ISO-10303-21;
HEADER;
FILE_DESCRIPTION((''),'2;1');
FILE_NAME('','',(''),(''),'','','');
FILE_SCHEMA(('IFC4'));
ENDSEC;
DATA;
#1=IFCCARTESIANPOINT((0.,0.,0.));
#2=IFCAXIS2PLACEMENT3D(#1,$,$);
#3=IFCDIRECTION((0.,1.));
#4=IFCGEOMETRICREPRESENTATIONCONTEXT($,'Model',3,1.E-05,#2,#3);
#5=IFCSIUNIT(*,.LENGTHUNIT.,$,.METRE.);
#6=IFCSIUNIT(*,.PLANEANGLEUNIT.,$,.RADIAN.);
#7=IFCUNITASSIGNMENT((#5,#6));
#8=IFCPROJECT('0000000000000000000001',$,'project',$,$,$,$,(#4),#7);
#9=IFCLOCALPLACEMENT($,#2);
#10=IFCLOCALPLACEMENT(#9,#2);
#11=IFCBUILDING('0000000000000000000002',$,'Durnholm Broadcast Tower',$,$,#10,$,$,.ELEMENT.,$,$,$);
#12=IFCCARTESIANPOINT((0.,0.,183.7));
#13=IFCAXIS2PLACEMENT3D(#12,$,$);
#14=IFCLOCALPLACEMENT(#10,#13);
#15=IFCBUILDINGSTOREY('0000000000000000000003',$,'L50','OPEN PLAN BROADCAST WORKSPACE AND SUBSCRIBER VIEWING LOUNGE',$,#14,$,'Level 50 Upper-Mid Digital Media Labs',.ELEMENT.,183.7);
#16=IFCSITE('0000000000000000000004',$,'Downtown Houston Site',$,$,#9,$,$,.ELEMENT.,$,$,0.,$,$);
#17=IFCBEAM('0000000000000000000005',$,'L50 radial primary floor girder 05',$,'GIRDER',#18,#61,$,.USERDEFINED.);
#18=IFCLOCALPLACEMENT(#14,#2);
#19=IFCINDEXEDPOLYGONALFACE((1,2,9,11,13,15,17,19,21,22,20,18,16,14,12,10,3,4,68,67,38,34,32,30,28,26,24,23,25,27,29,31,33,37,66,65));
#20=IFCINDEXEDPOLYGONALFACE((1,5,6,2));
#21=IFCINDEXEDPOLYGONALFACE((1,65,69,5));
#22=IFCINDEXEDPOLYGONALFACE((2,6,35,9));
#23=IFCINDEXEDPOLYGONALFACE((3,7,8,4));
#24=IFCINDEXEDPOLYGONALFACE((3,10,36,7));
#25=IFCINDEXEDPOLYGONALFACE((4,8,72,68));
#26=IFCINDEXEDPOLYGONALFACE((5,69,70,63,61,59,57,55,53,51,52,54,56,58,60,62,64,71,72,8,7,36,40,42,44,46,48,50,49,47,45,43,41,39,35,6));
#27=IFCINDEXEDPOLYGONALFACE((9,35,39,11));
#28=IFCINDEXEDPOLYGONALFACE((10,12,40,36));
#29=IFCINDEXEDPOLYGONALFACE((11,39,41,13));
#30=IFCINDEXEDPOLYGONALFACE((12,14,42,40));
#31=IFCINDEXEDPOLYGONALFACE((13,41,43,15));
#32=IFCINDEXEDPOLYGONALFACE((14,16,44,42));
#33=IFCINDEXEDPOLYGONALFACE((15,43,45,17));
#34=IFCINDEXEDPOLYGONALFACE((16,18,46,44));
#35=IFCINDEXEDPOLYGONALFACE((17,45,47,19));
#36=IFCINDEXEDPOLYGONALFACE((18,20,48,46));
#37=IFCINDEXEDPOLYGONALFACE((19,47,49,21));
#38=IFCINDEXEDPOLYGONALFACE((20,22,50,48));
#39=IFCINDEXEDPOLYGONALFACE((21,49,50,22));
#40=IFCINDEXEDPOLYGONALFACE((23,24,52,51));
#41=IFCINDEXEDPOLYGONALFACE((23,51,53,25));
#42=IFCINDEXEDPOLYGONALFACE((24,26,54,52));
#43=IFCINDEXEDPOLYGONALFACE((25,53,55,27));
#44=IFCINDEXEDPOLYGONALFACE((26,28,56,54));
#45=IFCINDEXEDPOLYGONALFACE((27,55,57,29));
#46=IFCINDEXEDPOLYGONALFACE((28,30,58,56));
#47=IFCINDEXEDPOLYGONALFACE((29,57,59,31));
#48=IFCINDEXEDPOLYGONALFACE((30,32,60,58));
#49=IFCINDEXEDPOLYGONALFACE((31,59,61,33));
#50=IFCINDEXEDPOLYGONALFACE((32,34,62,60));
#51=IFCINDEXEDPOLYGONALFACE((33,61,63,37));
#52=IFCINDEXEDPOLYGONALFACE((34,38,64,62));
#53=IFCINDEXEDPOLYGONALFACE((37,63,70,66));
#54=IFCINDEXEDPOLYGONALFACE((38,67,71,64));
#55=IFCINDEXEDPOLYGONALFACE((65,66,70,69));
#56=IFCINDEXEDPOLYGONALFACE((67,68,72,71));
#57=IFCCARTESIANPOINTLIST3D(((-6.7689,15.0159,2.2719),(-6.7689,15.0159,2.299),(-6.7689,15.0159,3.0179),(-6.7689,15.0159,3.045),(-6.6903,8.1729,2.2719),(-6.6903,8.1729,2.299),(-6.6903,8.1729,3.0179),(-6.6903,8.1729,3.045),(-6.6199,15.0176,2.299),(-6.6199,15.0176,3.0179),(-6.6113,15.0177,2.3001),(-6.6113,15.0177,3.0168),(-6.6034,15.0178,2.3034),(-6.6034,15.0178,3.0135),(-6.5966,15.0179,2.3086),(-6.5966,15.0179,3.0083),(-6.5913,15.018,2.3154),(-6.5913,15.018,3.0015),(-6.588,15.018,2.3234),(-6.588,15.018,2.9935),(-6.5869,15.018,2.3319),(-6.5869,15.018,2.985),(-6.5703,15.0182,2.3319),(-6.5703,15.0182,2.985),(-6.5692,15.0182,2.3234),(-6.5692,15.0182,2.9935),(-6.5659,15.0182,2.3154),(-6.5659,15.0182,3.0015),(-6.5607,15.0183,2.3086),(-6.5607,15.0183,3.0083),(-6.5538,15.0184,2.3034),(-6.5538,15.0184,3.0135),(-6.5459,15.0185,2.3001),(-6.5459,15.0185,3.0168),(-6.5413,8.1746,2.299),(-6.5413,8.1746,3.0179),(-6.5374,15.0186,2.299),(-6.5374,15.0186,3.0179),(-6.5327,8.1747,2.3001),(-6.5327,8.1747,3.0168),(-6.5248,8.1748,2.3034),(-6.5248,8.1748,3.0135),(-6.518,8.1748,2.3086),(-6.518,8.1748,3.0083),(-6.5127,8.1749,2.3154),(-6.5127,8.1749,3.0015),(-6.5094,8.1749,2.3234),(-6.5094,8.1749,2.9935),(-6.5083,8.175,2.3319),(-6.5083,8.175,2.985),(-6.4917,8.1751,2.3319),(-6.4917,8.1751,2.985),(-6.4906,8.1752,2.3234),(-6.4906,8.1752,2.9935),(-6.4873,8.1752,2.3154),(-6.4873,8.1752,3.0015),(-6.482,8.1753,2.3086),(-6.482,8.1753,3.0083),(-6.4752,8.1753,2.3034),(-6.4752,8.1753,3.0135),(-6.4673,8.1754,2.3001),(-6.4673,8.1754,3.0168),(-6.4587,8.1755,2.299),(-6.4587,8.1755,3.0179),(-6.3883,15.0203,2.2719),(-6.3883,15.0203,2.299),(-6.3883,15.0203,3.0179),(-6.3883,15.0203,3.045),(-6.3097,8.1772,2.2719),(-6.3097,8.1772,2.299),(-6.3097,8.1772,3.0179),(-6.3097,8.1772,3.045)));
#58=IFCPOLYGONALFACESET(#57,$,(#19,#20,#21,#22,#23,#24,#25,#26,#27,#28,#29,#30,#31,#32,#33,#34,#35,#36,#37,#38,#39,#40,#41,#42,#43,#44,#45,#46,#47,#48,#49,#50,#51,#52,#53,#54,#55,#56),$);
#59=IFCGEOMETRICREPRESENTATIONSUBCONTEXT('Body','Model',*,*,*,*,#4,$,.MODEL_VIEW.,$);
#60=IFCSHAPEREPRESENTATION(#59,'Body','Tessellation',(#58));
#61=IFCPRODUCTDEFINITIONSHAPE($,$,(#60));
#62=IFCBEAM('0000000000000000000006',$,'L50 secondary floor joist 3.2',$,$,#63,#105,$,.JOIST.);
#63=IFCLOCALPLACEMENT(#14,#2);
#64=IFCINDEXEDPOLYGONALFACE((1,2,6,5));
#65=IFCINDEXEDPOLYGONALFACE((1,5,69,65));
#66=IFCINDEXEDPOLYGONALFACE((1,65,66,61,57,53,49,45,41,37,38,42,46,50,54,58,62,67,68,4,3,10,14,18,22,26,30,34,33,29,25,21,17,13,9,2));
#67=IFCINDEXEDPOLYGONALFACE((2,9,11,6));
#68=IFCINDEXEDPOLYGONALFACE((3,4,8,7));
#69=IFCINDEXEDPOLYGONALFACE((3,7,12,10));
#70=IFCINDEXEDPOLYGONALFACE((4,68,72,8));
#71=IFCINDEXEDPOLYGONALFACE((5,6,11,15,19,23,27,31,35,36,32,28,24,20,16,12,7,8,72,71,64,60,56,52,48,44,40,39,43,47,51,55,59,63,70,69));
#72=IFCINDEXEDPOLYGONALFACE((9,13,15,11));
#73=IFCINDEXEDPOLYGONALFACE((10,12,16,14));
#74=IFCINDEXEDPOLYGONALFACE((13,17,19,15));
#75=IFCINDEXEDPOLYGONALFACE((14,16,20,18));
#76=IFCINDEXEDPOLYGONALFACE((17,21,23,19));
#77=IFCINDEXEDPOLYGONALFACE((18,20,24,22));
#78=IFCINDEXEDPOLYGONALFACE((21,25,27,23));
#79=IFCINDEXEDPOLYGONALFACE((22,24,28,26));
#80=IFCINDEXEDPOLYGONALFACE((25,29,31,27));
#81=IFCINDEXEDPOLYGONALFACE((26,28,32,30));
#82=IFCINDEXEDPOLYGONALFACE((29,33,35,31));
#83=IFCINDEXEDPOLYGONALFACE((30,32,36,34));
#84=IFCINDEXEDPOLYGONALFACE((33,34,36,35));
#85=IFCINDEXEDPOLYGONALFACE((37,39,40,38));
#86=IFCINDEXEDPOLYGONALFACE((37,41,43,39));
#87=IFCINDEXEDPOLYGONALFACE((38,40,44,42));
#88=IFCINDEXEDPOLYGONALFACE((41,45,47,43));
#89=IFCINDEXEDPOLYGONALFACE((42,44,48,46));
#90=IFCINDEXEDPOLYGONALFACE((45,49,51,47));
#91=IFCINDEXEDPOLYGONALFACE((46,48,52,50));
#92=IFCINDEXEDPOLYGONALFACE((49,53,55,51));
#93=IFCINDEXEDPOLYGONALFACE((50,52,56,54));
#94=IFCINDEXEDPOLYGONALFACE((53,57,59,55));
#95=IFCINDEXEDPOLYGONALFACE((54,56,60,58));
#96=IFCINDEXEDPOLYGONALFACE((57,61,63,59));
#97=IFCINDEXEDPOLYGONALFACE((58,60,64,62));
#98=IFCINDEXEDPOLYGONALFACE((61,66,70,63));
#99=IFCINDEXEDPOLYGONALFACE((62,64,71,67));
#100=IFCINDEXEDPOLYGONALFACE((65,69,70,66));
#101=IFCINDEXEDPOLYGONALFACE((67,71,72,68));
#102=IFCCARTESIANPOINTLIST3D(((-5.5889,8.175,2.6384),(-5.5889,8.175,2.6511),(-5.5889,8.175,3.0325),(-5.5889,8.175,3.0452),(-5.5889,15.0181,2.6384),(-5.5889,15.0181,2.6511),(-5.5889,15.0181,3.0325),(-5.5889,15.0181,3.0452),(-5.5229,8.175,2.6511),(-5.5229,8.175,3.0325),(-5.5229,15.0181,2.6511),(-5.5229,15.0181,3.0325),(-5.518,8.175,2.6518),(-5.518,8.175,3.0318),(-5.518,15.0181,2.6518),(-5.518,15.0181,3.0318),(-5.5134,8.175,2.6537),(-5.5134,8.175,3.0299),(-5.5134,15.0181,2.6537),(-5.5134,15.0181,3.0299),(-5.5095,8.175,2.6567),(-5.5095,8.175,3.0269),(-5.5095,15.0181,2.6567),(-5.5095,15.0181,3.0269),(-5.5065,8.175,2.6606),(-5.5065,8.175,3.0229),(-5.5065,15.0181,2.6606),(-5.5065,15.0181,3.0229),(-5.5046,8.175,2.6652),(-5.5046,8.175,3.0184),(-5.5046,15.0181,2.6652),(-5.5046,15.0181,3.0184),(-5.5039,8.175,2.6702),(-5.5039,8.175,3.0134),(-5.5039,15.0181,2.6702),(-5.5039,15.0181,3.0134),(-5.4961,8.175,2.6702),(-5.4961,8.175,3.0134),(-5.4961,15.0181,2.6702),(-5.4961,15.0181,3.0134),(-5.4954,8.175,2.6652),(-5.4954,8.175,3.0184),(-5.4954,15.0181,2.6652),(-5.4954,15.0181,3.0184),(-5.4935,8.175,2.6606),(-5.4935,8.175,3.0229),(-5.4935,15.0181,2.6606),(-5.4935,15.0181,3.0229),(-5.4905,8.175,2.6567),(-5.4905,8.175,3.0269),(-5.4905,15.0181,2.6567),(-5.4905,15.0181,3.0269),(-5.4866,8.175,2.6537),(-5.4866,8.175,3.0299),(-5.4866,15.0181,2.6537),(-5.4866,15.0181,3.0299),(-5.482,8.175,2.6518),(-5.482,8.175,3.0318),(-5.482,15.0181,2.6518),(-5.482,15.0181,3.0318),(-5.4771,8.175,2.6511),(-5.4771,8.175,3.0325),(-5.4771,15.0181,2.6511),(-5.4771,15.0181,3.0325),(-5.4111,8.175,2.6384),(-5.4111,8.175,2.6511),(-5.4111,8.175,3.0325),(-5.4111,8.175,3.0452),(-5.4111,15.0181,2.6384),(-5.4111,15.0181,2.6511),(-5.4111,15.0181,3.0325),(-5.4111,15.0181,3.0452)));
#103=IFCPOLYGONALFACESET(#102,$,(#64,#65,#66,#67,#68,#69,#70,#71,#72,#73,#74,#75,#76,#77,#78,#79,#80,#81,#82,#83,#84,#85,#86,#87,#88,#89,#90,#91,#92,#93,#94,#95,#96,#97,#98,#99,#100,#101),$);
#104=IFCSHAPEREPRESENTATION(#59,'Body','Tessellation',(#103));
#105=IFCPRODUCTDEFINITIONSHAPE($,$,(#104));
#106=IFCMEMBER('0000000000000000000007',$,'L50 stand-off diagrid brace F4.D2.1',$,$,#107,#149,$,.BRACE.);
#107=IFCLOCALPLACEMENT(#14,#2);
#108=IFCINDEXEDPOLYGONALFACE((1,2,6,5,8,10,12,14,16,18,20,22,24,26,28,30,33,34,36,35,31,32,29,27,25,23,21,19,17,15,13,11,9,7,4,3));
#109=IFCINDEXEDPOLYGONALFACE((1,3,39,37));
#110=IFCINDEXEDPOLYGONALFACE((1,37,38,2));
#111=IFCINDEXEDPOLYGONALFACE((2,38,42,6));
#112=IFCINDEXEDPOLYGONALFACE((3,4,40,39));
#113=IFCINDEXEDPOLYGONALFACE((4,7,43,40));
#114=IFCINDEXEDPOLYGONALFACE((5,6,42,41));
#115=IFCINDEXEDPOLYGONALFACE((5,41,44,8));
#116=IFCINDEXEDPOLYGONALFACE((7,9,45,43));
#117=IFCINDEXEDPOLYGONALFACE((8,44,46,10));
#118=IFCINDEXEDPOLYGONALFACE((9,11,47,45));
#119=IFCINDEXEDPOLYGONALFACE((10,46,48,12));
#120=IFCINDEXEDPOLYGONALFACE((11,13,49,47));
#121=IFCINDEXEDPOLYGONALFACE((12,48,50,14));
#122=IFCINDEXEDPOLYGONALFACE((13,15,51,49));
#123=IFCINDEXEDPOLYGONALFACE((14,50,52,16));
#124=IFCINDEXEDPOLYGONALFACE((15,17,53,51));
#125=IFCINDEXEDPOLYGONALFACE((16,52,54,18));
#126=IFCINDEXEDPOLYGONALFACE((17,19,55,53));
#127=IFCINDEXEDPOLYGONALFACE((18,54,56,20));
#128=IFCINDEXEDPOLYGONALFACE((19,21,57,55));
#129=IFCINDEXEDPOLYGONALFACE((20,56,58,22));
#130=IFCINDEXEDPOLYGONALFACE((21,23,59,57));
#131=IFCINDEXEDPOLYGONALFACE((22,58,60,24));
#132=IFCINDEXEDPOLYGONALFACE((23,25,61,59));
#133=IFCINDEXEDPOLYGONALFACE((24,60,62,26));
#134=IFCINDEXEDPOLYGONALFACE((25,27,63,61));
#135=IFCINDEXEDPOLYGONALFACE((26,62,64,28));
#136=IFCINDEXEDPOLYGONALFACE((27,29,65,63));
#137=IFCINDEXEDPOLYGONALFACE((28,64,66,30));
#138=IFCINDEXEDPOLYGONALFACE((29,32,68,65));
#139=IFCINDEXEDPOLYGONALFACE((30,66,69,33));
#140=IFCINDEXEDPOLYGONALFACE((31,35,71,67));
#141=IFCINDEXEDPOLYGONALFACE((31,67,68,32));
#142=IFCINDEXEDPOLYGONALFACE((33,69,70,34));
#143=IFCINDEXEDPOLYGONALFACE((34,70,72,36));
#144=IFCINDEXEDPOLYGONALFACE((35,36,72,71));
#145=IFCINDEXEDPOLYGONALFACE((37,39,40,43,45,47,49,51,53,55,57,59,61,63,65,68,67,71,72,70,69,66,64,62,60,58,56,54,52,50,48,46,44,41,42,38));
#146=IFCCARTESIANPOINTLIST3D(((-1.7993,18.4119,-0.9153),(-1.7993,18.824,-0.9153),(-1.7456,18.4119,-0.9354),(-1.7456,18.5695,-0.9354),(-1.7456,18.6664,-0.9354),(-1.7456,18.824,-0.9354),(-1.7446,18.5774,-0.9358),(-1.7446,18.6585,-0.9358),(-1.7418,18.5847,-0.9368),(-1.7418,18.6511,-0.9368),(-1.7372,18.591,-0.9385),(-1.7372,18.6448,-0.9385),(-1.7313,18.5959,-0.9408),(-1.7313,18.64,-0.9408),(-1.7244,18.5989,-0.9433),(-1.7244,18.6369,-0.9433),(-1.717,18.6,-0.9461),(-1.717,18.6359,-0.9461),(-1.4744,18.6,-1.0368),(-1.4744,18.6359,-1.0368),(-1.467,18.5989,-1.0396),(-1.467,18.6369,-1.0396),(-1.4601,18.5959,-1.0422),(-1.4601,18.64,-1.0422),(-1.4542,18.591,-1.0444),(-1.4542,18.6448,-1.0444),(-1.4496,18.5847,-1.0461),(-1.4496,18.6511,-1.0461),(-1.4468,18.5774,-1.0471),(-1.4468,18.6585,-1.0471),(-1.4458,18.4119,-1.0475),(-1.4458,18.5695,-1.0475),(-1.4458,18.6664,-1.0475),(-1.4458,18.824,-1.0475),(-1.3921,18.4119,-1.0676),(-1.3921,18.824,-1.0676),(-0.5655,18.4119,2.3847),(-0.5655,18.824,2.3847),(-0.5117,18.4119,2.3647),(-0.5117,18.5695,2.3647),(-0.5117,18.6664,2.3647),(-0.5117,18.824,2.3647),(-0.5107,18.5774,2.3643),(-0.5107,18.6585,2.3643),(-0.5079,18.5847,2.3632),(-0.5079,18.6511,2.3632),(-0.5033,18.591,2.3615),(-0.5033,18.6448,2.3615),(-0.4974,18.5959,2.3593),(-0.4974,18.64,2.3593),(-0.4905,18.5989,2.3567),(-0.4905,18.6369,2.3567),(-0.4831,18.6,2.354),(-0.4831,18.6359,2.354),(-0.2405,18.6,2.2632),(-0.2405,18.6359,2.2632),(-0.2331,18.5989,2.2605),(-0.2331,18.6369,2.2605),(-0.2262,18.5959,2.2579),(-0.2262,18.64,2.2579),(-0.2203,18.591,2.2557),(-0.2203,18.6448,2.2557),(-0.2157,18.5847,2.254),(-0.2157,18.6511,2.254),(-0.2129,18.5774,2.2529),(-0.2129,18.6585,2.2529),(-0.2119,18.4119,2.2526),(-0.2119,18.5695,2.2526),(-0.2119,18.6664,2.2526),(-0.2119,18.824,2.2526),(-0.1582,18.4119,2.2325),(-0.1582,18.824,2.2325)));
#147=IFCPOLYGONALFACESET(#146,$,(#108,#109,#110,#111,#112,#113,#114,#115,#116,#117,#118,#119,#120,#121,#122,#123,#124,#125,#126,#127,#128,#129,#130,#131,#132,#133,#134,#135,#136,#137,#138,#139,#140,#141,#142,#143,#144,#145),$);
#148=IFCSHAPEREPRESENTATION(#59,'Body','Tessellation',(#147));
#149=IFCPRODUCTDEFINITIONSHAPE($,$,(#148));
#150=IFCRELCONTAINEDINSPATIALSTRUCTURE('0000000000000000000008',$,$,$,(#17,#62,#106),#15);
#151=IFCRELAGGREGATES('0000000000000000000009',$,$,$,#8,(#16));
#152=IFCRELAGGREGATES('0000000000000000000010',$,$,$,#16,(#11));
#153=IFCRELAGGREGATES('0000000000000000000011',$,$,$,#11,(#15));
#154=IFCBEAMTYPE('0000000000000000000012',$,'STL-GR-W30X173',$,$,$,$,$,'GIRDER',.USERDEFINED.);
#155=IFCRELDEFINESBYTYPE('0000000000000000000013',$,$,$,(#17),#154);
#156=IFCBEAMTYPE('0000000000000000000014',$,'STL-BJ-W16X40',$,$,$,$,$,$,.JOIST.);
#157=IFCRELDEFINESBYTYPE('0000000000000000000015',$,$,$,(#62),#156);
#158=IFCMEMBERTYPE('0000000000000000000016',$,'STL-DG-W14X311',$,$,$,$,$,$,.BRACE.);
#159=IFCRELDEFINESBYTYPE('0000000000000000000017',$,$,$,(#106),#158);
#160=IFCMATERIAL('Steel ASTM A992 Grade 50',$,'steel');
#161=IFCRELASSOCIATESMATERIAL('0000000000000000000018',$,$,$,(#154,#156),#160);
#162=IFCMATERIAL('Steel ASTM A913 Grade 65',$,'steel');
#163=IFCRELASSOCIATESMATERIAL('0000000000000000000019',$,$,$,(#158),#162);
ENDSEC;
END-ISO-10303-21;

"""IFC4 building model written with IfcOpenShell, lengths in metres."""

from ifc_helpers import new_model, si_unit, direction, frame, origin, origin_2d, place, context, subcontext, project, spatial, i_section, extrude, source, transform, mapped, material, material_profile, profile_set, type_object, type_shapes, element, save


model = new_model("IFC4")

# Units and contexts
model_context = context("Model", 3, precision=1e-05, world=origin(), true_north=direction((0.0, 1.0)))
body_context = subcontext(model_context, "Body", "Model", "MODEL_VIEW")
ifc_project = project(units=[si_unit("LENGTHUNIT", "METRE"), si_unit("PLANEANGLEUNIT", "RADIAN")], contexts=[model_context])

# Site, building, storey
site_placement = place(None, origin())
site = spatial("IfcSite", under=ifc_project, at=site_placement, Name="Downtown Houston Site", CompositionType="ELEMENT", RefElevation=0.0)
building_placement = place(site_placement, origin())
building = spatial("IfcBuilding", under=site, at=building_placement, Name="Durnholm Broadcast Tower", CompositionType="ELEMENT")
storey_placement = place(building_placement, frame((0.0, 0.0, 183.7)))
storey = spatial("IfcBuildingStorey", under=building, at=storey_placement, Name="L50", Description="OPEN PLAN BROADCAST WORKSPACE AND SUBSCRIBER VIEWING LOUNGE", LongName="Level 50 Upper-Mid Digital Media Labs", CompositionType="ELEMENT", Elevation=183.7)

# Beams
ifc_material_1 = material(Name="Steel ASTM A992 Grade 50", Category="steel")
ifc_material_profile_1 = material_profile(ifc_material_1, i_section(OverallWidth=0.3806, OverallDepth=0.7732, WebThickness=0.0166, FlangeThickness=0.0271, FilletRadius=0.033, at=origin_2d()), Name="W30X173")
ifc_profile_set_1 = profile_set([ifc_material_profile_1], Name="Steel ASTM A992 Grade 50")
beam_type_1 = type_object("IfcBeamType", Name="STL-GR-W30X173", ElementType="GIRDER", PredefinedType="USERDEFINED", material=ifc_profile_set_1)
shared_shape_1 = source(origin(), body_context, "Body", "SweptSolid", [
    extrude(i_section(OverallWidth=0.3806, OverallDepth=0.7732, WebThickness=0.0166, FlangeThickness=0.0271, FilletRadius=0.033, at=origin_2d()), origin(), (0.0, 0.0, 1.0), 6.8435),
])
beam_1_placement = place(storey_placement, frame((-6.5, 8.175, 2.6584), z_axis=(-0.011487, 0.999934, 0.0), x_axis=(-0.999934, -0.011487, 0.0)))
element("IfcBeam", 1, at=beam_1_placement, inside=storey, type_object=beam_type_1, Name="L50 radial primary floor girder 05", ObjectType="GIRDER", PredefinedType="USERDEFINED", context=body_context, shape_type="MappedRepresentation", body=[
    mapped(shared_shape_1, transform((0.0, 0.0, 0.0), x_axis=(1.0, 0.0, 0.0), y_axis=(0.0, 1.0, 0.0), z_axis=(0.0, 0.0, 1.0), scale=1.0)),
])
ifc_material_profile_2 = material_profile(ifc_material_1, i_section(OverallWidth=0.1777, OverallDepth=0.4067, WebThickness=0.0078, FlangeThickness=0.0127, FilletRadius=0.019, at=origin_2d()), Name="W16X40")
ifc_profile_set_2 = profile_set([ifc_material_profile_2], Name="Steel ASTM A992 Grade 50")
beam_type_2 = type_object("IfcBeamType", Name="STL-BJ-W16X40", PredefinedType="JOIST", material=ifc_profile_set_2)
shared_shape_2 = source(origin(), body_context, "Body", "SweptSolid", [
    extrude(i_section(OverallWidth=0.1777, OverallDepth=0.4067, WebThickness=0.0078, FlangeThickness=0.0127, FilletRadius=0.019, at=origin_2d()), origin(), (0.0, 0.0, 1.0), 6.843),
])
type_shapes(beam_type_2, [shared_shape_2])
beam_2_placement = place(storey_placement, frame((-5.5, 8.175, 2.8418), z_axis=(0.0, 1.0, 0.0), x_axis=(-1.0, 0.0, 0.0)))
element("IfcBeam", 2, at=beam_2_placement, inside=storey, type_object=beam_type_2, Name="L50 secondary floor joist 3.2", PredefinedType="JOIST", context=body_context, shape_type="MappedRepresentation", body=[
    mapped(shared_shape_2, transform((0.0, 0.0, 0.0), x_axis=(1.0, 0.0, 0.0), y_axis=(0.0, 1.0, 0.0), z_axis=(0.0, 0.0, 1.0), scale=1.0)),
])

# Member
ifc_material_2 = material(Name="Steel ASTM A913 Grade 65", Category="steel")
ifc_material_profile_3 = material_profile(ifc_material_2, i_section(OverallWidth=0.4121, OverallDepth=0.4348, WebThickness=0.0359, FlangeThickness=0.0574, FilletRadius=0.0305, at=origin_2d()), Name="W14X311")
ifc_profile_set_3 = profile_set([ifc_material_profile_3], Name="Steel ASTM A913 Grade 65")
member_type_1 = type_object("IfcMemberType", Name="STL-DG-W14X311", PredefinedType="BRACE", material=ifc_profile_set_3)
shared_shape_3 = source(origin(), body_context, "Body", "SweptSolid", [
    extrude(i_section(OverallWidth=0.4121, OverallDepth=0.4348, WebThickness=0.0359, FlangeThickness=0.0574, FilletRadius=0.0305, at=origin_2d()), origin(), (0.0, 0.0, 1.0), 3.5232),
])
type_shapes(member_type_1, [shared_shape_3])
for number, where, z_axis, x_axis, name in (
    (3, (-1.5957, 18.6179, -0.9915), (0.35022, 0.0, 0.936668), (0.0, 1.0, 0.0), "L50 stand-off diagrid brace F4.D2.1"),
):
    element("IfcMember", number, at=place(storey_placement, frame(where, z_axis=z_axis, x_axis=x_axis)), inside=storey, type_object=member_type_1, Name=name, PredefinedType="BRACE", context=body_context, shape_type="MappedRepresentation", body=[
        mapped(shared_shape_3, transform((0.0, 0.0, 0.0), x_axis=(1.0, 0.0, 0.0), y_axis=(0.0, 1.0, 0.0), z_axis=(0.0, 0.0, 1.0), scale=1.0)),
    ])

save(model, "model.ifc")
